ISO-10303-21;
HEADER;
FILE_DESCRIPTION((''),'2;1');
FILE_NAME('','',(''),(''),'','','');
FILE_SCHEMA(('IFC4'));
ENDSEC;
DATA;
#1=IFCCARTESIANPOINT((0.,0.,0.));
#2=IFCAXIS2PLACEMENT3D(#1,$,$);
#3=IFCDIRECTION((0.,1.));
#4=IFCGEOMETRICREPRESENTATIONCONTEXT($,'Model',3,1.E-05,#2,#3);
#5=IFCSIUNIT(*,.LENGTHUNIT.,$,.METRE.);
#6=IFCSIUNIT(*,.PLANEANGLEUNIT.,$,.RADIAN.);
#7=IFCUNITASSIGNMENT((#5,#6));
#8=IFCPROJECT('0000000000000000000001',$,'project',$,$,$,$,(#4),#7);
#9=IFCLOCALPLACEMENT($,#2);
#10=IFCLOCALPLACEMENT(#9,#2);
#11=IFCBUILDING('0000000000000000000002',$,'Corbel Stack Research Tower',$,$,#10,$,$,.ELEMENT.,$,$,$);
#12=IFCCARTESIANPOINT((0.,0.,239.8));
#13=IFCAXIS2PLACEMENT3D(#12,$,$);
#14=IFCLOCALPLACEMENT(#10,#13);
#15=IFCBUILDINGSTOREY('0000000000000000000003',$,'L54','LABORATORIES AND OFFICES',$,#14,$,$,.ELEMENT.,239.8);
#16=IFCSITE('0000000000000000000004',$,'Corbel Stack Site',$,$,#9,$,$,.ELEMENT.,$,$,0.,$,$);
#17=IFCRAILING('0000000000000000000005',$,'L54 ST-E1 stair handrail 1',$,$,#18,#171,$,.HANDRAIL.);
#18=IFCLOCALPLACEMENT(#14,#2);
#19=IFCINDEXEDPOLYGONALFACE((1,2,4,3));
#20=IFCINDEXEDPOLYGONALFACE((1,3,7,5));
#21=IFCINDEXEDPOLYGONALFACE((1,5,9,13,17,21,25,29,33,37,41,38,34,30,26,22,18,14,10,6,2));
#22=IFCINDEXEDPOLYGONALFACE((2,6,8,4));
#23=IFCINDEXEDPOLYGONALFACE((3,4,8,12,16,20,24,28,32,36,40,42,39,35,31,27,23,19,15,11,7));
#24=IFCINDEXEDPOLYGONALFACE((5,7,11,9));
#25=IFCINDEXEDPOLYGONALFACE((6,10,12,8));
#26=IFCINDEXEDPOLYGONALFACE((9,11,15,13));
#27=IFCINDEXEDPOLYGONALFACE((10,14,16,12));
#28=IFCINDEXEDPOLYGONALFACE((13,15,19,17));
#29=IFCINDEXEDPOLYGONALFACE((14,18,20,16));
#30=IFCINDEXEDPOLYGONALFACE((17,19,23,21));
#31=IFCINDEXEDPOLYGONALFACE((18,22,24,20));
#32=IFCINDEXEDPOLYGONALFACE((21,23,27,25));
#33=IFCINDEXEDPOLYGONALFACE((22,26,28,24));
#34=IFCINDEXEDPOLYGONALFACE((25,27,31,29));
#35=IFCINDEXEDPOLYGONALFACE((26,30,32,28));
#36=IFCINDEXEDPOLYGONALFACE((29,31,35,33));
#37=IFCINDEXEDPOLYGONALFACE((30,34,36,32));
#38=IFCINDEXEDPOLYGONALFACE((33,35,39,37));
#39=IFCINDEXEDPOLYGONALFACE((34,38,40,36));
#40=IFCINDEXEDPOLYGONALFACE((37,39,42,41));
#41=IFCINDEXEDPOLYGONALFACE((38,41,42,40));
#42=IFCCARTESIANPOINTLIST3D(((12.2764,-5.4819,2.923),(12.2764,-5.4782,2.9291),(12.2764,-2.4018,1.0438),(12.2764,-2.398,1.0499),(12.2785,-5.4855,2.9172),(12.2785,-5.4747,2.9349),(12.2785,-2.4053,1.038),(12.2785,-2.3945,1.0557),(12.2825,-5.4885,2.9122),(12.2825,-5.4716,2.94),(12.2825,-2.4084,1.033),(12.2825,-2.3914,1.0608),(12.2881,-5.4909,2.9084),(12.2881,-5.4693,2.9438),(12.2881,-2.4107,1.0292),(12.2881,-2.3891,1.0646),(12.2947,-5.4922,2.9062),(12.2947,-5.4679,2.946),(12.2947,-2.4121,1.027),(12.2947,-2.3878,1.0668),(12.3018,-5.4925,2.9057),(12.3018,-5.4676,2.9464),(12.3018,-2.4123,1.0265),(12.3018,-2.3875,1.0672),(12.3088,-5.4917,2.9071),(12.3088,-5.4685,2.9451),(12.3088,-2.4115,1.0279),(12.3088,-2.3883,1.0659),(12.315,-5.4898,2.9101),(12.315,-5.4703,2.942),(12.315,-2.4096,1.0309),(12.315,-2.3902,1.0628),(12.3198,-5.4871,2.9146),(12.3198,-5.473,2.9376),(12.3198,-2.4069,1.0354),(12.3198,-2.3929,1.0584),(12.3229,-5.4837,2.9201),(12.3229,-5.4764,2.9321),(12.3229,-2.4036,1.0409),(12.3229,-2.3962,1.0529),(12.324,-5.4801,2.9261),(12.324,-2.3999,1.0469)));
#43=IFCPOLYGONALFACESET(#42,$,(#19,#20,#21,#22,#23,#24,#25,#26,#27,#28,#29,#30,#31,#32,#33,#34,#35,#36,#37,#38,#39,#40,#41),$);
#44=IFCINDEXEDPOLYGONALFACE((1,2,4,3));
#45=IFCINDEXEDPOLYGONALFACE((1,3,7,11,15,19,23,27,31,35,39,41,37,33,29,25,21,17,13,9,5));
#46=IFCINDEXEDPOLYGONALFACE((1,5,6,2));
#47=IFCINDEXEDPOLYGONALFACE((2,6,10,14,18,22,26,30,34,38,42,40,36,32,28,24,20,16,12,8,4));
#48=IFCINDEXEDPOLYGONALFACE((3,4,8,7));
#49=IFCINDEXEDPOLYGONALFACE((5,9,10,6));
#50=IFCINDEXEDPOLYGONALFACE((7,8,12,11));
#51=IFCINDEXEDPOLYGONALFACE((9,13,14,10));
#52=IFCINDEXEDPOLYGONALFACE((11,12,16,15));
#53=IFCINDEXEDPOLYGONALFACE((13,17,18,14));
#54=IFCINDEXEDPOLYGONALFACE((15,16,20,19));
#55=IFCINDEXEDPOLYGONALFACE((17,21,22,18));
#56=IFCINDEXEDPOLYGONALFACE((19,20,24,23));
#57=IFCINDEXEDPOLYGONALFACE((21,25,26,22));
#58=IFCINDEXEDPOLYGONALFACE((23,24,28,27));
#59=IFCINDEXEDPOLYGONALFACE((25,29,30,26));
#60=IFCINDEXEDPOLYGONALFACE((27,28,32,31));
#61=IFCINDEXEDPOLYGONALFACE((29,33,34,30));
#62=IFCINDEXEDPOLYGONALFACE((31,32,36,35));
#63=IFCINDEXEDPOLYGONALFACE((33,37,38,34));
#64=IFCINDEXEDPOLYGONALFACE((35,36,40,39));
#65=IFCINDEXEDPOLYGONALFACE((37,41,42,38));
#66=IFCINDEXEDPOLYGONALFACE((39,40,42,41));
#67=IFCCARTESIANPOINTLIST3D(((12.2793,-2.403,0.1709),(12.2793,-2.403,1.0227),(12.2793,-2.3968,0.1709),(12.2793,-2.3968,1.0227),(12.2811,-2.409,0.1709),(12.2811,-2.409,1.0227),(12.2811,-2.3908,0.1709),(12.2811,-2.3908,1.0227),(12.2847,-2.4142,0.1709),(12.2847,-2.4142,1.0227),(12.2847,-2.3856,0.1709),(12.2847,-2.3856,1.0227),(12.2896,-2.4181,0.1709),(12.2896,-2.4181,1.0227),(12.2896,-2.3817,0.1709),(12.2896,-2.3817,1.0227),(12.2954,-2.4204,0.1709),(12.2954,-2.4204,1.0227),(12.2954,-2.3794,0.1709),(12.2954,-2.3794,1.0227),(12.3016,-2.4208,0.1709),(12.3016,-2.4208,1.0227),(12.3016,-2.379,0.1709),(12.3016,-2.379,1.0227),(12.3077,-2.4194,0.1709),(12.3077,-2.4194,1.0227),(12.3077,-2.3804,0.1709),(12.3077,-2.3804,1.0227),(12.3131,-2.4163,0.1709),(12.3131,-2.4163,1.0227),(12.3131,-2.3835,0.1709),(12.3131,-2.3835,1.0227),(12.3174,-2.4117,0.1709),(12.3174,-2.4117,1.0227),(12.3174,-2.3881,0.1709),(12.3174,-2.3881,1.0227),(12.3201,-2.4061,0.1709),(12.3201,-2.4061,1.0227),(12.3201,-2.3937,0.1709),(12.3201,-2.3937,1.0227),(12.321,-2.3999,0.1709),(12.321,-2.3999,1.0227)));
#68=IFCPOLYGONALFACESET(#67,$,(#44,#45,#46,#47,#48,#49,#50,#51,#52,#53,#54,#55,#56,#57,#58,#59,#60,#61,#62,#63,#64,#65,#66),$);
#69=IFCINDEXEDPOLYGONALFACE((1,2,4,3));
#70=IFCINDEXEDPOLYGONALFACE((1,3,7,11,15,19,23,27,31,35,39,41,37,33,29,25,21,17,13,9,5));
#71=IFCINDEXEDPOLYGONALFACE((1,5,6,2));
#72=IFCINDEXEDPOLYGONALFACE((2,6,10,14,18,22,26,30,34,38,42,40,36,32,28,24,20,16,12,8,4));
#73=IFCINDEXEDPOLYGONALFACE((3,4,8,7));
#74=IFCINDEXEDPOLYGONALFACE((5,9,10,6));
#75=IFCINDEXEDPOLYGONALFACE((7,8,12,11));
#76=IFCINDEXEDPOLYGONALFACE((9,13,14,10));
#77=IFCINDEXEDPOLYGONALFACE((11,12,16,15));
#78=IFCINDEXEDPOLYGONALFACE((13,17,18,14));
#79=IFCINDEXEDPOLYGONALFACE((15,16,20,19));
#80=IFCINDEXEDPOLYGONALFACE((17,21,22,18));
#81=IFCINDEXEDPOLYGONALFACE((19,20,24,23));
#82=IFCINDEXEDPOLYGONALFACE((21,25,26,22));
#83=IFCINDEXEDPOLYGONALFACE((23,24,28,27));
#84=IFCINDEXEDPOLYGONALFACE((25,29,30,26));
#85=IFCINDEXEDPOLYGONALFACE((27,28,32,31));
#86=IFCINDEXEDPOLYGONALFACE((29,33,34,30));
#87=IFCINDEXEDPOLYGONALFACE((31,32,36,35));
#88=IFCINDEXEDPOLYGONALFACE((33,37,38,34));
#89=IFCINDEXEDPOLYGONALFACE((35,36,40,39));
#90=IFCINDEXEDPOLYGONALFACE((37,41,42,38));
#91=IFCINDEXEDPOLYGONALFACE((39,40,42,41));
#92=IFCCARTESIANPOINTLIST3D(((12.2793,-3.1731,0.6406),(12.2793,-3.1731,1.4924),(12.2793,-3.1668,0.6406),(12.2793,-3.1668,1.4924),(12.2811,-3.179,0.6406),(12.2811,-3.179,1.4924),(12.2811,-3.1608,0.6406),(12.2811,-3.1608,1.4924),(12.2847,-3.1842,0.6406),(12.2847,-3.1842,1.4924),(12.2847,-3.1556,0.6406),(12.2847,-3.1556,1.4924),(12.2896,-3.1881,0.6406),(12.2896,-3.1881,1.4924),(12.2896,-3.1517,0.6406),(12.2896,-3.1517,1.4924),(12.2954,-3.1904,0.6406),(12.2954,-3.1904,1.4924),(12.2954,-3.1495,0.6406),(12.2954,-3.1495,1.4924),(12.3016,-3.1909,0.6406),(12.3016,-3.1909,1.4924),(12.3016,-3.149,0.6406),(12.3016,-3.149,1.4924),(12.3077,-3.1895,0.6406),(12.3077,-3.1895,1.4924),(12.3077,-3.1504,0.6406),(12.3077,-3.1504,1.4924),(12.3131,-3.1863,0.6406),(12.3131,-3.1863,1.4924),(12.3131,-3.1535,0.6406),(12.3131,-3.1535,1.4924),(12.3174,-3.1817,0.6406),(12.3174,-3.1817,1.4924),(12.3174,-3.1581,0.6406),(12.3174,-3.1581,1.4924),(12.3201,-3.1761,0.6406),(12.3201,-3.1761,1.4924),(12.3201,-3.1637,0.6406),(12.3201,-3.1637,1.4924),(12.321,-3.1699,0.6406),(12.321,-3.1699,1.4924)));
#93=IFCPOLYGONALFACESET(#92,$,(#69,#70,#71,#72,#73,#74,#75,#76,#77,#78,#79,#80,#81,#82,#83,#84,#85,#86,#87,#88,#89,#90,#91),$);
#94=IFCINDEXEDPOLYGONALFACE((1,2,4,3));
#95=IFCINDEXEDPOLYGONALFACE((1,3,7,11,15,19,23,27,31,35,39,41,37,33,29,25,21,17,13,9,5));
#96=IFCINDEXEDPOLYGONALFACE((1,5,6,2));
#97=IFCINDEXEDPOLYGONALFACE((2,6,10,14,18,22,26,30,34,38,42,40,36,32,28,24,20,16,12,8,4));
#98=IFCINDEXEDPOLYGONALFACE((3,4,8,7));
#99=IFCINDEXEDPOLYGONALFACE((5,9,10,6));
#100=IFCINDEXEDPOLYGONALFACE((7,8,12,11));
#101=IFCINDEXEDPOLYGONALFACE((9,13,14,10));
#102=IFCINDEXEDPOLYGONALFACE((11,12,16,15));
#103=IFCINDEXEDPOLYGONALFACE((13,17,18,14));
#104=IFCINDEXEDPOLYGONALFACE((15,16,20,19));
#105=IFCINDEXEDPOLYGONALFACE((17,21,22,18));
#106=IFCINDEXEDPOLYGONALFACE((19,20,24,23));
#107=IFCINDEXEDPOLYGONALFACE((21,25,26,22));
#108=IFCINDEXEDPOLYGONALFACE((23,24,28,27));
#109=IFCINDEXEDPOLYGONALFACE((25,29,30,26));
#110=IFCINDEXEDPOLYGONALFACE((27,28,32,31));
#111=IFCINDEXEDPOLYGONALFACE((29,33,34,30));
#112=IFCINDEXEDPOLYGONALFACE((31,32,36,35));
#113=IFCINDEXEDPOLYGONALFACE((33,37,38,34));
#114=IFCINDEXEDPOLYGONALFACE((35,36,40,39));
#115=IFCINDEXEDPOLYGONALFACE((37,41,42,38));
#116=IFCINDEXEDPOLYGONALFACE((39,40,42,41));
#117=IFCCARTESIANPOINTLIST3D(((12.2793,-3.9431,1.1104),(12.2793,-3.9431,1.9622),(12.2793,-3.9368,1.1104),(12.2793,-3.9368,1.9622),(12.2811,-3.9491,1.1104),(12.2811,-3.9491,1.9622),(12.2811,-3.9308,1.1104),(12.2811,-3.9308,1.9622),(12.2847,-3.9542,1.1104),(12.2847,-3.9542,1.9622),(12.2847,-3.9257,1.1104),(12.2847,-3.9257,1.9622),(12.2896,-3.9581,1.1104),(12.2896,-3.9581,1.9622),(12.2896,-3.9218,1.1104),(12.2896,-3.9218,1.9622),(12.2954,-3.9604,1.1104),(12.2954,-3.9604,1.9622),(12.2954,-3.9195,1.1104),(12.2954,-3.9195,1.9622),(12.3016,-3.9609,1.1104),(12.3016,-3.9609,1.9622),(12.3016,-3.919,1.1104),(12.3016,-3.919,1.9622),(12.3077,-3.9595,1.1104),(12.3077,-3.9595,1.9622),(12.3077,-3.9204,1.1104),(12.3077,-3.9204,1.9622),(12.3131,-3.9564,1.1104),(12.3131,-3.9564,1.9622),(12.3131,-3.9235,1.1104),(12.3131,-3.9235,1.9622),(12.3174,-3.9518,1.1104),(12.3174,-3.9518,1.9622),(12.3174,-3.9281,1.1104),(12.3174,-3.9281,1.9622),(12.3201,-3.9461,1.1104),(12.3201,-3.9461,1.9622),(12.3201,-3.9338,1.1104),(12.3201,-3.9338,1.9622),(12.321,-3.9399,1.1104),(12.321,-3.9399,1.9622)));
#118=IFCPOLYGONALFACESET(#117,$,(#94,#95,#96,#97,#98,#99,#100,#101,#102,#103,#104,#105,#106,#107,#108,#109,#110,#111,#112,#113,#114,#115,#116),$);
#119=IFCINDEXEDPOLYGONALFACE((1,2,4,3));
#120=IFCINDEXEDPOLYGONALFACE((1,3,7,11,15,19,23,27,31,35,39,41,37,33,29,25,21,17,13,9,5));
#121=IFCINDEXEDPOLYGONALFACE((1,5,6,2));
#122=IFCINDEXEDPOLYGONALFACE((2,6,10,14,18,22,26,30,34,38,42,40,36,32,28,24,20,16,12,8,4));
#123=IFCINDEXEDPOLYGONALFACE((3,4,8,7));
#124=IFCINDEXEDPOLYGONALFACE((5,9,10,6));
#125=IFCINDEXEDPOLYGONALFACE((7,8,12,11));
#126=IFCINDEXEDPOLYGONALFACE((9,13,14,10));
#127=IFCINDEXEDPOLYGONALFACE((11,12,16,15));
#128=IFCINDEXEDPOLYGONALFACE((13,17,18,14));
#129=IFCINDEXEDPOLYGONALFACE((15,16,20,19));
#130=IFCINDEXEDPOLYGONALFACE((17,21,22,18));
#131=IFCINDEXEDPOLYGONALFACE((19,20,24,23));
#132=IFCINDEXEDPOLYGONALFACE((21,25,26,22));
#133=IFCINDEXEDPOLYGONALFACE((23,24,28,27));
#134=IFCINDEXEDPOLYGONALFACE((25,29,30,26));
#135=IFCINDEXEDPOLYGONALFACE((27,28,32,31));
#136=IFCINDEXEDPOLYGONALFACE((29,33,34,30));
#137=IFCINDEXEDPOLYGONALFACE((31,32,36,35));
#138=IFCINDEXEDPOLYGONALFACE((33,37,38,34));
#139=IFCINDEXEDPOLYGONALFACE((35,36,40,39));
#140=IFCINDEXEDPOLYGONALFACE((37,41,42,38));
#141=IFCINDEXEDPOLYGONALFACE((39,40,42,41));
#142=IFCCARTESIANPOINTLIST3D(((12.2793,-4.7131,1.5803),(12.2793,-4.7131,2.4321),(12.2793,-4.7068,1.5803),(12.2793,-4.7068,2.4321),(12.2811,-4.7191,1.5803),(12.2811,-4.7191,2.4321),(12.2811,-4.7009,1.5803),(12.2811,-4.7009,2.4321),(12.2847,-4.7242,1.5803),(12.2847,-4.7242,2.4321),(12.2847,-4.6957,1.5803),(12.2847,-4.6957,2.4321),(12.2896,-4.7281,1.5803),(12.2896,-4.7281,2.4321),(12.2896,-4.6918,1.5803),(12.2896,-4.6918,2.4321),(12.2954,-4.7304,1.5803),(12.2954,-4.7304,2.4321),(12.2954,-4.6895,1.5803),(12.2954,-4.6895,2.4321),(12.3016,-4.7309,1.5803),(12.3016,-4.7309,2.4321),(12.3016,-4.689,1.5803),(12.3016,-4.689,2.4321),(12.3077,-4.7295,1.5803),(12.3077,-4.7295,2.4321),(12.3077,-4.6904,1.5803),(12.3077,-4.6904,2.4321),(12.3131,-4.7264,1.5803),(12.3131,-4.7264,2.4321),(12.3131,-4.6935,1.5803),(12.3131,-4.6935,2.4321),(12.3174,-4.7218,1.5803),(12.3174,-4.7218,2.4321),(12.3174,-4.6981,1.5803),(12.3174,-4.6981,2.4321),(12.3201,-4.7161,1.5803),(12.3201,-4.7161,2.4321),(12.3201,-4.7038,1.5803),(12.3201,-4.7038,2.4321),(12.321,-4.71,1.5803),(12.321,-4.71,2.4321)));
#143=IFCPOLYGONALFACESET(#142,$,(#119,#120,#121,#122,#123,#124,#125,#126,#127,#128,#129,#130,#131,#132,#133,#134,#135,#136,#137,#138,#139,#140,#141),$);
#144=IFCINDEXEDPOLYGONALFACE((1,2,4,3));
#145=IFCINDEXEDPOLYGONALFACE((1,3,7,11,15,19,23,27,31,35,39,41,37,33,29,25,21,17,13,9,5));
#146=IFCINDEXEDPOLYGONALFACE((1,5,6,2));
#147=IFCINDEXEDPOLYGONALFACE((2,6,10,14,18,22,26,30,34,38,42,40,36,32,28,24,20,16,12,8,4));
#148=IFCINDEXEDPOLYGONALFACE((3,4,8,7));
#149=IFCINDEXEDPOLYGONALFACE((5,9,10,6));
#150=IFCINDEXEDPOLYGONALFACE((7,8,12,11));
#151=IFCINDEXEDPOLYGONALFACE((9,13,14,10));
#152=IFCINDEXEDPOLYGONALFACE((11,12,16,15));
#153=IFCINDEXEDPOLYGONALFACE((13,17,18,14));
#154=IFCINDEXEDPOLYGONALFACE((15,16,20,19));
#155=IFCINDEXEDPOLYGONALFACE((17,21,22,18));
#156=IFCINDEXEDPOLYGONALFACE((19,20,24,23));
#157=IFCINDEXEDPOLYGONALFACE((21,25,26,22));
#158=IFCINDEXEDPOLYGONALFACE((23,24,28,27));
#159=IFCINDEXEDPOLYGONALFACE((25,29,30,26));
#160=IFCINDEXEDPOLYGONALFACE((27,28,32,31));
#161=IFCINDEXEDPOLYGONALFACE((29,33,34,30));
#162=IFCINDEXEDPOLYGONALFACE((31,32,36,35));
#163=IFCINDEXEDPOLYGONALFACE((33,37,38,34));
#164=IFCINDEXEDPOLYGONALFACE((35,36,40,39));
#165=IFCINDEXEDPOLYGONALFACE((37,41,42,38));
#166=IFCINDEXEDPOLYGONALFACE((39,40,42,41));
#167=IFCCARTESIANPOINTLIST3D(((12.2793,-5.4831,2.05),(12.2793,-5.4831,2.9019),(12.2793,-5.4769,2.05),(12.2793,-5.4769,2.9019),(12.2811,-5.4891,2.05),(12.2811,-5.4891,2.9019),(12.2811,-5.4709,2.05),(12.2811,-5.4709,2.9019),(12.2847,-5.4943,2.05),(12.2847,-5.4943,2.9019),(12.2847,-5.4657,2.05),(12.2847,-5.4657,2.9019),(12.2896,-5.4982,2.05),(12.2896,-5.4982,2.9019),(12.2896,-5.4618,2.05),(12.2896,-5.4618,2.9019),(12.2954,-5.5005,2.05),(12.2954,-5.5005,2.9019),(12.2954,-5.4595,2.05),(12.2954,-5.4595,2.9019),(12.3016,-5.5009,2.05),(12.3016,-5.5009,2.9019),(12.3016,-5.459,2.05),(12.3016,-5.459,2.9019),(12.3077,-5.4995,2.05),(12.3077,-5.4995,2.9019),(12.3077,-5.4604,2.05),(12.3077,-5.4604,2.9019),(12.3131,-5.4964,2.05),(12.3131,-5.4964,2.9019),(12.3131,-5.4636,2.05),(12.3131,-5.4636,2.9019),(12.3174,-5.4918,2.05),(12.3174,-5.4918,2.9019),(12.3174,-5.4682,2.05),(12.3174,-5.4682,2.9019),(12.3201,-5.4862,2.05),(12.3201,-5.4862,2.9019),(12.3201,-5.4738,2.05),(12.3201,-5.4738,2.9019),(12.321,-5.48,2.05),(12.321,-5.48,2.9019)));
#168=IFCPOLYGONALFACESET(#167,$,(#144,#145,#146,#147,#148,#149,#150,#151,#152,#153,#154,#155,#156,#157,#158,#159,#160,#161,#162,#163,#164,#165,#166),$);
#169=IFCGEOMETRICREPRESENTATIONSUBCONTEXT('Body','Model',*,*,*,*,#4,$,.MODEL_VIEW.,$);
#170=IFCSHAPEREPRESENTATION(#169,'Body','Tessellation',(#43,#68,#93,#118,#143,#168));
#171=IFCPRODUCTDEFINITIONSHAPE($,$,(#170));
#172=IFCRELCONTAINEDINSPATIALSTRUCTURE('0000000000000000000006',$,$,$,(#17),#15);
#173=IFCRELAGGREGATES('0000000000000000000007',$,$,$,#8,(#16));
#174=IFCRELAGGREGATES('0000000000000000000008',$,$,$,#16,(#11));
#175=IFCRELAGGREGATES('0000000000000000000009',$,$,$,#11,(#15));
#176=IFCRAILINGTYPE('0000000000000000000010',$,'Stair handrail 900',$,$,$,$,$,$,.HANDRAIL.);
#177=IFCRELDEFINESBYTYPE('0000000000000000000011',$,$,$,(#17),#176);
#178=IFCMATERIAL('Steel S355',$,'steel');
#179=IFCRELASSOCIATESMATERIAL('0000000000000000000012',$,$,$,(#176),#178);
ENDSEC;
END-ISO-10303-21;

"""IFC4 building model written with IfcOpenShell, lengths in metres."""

from ifc_helpers import new_model, si_unit, direction, frame, origin, origin_2d, place, context, subcontext, project, spatial, circle, extrude, material, type_object, element, save


model = new_model("IFC4")

# Units and contexts
model_context = context("Model", 3, precision=1e-05, world=origin(), true_north=direction((0.0, 1.0)))
body_context = subcontext(model_context, "Body", "Model", "MODEL_VIEW")
ifc_project = project(units=[si_unit("LENGTHUNIT", "METRE"), si_unit("PLANEANGLEUNIT", "RADIAN")], contexts=[model_context])

# Site, building, storey
site_placement = place(None, origin())
site = spatial("IfcSite", under=ifc_project, at=site_placement, Name="Corbel Stack Site", CompositionType="ELEMENT", RefElevation=0.0)
building_placement = place(site_placement, origin())
building = spatial("IfcBuilding", under=site, at=building_placement, Name="Corbel Stack Research Tower", CompositionType="ELEMENT")
storey_placement = place(building_placement, frame((0.0, 0.0, 239.8)))
storey = spatial("IfcBuildingStorey", under=building, at=storey_placement, Name="L54", Description="LABORATORIES AND OFFICES", CompositionType="ELEMENT", Elevation=239.8)

# Railing
ifc_material_1 = material(Name="Steel S355", Category="steel")
railing_type_1 = type_object("IfcRailingType", Name="Stair handrail 900", PredefinedType="HANDRAIL", material=ifc_material_1)
railing_1_placement = place(storey_placement, frame((12.3, -2.3999, 0.1709)))
element("IfcRailing", 1, at=railing_1_placement, inside=storey, type_object=railing_type_1, Name="L54 ST-E1 stair handrail 1", PredefinedType="HANDRAIL", context=body_context, shape_type="SweptSolid", body=[
    extrude(circle(Radius=0.0239, at=origin_2d()), frame((0.0, 0.0, 0.876), z_axis=(0.0, -0.853666, 0.52082), x_axis=(1.0, 0.0, 0.0)), (0.0, 0.0, 1.0), 3.6082),
    extrude(circle(Radius=0.021, at=origin_2d()), origin(), (0.0, 0.0, 1.0), 0.8518),
    extrude(circle(Radius=0.021, at=origin_2d()), frame((0.0, -0.77, 0.4697)), (0.0, 0.0, 1.0), 0.8518),
    extrude(circle(Radius=0.021, at=origin_2d()), frame((0.0, -1.54, 0.9395)), (0.0, 0.0, 1.0), 0.8518),
    extrude(circle(Radius=0.021, at=origin_2d()), frame((0.0, -2.3101, 1.4094)), (0.0, 0.0, 1.0), 0.8518),
    extrude(circle(Radius=0.021, at=origin_2d()), frame((0.0, -3.0801, 1.8792)), (0.0, 0.0, 1.0), 0.8518),
])

save(model, "model.ifc")
